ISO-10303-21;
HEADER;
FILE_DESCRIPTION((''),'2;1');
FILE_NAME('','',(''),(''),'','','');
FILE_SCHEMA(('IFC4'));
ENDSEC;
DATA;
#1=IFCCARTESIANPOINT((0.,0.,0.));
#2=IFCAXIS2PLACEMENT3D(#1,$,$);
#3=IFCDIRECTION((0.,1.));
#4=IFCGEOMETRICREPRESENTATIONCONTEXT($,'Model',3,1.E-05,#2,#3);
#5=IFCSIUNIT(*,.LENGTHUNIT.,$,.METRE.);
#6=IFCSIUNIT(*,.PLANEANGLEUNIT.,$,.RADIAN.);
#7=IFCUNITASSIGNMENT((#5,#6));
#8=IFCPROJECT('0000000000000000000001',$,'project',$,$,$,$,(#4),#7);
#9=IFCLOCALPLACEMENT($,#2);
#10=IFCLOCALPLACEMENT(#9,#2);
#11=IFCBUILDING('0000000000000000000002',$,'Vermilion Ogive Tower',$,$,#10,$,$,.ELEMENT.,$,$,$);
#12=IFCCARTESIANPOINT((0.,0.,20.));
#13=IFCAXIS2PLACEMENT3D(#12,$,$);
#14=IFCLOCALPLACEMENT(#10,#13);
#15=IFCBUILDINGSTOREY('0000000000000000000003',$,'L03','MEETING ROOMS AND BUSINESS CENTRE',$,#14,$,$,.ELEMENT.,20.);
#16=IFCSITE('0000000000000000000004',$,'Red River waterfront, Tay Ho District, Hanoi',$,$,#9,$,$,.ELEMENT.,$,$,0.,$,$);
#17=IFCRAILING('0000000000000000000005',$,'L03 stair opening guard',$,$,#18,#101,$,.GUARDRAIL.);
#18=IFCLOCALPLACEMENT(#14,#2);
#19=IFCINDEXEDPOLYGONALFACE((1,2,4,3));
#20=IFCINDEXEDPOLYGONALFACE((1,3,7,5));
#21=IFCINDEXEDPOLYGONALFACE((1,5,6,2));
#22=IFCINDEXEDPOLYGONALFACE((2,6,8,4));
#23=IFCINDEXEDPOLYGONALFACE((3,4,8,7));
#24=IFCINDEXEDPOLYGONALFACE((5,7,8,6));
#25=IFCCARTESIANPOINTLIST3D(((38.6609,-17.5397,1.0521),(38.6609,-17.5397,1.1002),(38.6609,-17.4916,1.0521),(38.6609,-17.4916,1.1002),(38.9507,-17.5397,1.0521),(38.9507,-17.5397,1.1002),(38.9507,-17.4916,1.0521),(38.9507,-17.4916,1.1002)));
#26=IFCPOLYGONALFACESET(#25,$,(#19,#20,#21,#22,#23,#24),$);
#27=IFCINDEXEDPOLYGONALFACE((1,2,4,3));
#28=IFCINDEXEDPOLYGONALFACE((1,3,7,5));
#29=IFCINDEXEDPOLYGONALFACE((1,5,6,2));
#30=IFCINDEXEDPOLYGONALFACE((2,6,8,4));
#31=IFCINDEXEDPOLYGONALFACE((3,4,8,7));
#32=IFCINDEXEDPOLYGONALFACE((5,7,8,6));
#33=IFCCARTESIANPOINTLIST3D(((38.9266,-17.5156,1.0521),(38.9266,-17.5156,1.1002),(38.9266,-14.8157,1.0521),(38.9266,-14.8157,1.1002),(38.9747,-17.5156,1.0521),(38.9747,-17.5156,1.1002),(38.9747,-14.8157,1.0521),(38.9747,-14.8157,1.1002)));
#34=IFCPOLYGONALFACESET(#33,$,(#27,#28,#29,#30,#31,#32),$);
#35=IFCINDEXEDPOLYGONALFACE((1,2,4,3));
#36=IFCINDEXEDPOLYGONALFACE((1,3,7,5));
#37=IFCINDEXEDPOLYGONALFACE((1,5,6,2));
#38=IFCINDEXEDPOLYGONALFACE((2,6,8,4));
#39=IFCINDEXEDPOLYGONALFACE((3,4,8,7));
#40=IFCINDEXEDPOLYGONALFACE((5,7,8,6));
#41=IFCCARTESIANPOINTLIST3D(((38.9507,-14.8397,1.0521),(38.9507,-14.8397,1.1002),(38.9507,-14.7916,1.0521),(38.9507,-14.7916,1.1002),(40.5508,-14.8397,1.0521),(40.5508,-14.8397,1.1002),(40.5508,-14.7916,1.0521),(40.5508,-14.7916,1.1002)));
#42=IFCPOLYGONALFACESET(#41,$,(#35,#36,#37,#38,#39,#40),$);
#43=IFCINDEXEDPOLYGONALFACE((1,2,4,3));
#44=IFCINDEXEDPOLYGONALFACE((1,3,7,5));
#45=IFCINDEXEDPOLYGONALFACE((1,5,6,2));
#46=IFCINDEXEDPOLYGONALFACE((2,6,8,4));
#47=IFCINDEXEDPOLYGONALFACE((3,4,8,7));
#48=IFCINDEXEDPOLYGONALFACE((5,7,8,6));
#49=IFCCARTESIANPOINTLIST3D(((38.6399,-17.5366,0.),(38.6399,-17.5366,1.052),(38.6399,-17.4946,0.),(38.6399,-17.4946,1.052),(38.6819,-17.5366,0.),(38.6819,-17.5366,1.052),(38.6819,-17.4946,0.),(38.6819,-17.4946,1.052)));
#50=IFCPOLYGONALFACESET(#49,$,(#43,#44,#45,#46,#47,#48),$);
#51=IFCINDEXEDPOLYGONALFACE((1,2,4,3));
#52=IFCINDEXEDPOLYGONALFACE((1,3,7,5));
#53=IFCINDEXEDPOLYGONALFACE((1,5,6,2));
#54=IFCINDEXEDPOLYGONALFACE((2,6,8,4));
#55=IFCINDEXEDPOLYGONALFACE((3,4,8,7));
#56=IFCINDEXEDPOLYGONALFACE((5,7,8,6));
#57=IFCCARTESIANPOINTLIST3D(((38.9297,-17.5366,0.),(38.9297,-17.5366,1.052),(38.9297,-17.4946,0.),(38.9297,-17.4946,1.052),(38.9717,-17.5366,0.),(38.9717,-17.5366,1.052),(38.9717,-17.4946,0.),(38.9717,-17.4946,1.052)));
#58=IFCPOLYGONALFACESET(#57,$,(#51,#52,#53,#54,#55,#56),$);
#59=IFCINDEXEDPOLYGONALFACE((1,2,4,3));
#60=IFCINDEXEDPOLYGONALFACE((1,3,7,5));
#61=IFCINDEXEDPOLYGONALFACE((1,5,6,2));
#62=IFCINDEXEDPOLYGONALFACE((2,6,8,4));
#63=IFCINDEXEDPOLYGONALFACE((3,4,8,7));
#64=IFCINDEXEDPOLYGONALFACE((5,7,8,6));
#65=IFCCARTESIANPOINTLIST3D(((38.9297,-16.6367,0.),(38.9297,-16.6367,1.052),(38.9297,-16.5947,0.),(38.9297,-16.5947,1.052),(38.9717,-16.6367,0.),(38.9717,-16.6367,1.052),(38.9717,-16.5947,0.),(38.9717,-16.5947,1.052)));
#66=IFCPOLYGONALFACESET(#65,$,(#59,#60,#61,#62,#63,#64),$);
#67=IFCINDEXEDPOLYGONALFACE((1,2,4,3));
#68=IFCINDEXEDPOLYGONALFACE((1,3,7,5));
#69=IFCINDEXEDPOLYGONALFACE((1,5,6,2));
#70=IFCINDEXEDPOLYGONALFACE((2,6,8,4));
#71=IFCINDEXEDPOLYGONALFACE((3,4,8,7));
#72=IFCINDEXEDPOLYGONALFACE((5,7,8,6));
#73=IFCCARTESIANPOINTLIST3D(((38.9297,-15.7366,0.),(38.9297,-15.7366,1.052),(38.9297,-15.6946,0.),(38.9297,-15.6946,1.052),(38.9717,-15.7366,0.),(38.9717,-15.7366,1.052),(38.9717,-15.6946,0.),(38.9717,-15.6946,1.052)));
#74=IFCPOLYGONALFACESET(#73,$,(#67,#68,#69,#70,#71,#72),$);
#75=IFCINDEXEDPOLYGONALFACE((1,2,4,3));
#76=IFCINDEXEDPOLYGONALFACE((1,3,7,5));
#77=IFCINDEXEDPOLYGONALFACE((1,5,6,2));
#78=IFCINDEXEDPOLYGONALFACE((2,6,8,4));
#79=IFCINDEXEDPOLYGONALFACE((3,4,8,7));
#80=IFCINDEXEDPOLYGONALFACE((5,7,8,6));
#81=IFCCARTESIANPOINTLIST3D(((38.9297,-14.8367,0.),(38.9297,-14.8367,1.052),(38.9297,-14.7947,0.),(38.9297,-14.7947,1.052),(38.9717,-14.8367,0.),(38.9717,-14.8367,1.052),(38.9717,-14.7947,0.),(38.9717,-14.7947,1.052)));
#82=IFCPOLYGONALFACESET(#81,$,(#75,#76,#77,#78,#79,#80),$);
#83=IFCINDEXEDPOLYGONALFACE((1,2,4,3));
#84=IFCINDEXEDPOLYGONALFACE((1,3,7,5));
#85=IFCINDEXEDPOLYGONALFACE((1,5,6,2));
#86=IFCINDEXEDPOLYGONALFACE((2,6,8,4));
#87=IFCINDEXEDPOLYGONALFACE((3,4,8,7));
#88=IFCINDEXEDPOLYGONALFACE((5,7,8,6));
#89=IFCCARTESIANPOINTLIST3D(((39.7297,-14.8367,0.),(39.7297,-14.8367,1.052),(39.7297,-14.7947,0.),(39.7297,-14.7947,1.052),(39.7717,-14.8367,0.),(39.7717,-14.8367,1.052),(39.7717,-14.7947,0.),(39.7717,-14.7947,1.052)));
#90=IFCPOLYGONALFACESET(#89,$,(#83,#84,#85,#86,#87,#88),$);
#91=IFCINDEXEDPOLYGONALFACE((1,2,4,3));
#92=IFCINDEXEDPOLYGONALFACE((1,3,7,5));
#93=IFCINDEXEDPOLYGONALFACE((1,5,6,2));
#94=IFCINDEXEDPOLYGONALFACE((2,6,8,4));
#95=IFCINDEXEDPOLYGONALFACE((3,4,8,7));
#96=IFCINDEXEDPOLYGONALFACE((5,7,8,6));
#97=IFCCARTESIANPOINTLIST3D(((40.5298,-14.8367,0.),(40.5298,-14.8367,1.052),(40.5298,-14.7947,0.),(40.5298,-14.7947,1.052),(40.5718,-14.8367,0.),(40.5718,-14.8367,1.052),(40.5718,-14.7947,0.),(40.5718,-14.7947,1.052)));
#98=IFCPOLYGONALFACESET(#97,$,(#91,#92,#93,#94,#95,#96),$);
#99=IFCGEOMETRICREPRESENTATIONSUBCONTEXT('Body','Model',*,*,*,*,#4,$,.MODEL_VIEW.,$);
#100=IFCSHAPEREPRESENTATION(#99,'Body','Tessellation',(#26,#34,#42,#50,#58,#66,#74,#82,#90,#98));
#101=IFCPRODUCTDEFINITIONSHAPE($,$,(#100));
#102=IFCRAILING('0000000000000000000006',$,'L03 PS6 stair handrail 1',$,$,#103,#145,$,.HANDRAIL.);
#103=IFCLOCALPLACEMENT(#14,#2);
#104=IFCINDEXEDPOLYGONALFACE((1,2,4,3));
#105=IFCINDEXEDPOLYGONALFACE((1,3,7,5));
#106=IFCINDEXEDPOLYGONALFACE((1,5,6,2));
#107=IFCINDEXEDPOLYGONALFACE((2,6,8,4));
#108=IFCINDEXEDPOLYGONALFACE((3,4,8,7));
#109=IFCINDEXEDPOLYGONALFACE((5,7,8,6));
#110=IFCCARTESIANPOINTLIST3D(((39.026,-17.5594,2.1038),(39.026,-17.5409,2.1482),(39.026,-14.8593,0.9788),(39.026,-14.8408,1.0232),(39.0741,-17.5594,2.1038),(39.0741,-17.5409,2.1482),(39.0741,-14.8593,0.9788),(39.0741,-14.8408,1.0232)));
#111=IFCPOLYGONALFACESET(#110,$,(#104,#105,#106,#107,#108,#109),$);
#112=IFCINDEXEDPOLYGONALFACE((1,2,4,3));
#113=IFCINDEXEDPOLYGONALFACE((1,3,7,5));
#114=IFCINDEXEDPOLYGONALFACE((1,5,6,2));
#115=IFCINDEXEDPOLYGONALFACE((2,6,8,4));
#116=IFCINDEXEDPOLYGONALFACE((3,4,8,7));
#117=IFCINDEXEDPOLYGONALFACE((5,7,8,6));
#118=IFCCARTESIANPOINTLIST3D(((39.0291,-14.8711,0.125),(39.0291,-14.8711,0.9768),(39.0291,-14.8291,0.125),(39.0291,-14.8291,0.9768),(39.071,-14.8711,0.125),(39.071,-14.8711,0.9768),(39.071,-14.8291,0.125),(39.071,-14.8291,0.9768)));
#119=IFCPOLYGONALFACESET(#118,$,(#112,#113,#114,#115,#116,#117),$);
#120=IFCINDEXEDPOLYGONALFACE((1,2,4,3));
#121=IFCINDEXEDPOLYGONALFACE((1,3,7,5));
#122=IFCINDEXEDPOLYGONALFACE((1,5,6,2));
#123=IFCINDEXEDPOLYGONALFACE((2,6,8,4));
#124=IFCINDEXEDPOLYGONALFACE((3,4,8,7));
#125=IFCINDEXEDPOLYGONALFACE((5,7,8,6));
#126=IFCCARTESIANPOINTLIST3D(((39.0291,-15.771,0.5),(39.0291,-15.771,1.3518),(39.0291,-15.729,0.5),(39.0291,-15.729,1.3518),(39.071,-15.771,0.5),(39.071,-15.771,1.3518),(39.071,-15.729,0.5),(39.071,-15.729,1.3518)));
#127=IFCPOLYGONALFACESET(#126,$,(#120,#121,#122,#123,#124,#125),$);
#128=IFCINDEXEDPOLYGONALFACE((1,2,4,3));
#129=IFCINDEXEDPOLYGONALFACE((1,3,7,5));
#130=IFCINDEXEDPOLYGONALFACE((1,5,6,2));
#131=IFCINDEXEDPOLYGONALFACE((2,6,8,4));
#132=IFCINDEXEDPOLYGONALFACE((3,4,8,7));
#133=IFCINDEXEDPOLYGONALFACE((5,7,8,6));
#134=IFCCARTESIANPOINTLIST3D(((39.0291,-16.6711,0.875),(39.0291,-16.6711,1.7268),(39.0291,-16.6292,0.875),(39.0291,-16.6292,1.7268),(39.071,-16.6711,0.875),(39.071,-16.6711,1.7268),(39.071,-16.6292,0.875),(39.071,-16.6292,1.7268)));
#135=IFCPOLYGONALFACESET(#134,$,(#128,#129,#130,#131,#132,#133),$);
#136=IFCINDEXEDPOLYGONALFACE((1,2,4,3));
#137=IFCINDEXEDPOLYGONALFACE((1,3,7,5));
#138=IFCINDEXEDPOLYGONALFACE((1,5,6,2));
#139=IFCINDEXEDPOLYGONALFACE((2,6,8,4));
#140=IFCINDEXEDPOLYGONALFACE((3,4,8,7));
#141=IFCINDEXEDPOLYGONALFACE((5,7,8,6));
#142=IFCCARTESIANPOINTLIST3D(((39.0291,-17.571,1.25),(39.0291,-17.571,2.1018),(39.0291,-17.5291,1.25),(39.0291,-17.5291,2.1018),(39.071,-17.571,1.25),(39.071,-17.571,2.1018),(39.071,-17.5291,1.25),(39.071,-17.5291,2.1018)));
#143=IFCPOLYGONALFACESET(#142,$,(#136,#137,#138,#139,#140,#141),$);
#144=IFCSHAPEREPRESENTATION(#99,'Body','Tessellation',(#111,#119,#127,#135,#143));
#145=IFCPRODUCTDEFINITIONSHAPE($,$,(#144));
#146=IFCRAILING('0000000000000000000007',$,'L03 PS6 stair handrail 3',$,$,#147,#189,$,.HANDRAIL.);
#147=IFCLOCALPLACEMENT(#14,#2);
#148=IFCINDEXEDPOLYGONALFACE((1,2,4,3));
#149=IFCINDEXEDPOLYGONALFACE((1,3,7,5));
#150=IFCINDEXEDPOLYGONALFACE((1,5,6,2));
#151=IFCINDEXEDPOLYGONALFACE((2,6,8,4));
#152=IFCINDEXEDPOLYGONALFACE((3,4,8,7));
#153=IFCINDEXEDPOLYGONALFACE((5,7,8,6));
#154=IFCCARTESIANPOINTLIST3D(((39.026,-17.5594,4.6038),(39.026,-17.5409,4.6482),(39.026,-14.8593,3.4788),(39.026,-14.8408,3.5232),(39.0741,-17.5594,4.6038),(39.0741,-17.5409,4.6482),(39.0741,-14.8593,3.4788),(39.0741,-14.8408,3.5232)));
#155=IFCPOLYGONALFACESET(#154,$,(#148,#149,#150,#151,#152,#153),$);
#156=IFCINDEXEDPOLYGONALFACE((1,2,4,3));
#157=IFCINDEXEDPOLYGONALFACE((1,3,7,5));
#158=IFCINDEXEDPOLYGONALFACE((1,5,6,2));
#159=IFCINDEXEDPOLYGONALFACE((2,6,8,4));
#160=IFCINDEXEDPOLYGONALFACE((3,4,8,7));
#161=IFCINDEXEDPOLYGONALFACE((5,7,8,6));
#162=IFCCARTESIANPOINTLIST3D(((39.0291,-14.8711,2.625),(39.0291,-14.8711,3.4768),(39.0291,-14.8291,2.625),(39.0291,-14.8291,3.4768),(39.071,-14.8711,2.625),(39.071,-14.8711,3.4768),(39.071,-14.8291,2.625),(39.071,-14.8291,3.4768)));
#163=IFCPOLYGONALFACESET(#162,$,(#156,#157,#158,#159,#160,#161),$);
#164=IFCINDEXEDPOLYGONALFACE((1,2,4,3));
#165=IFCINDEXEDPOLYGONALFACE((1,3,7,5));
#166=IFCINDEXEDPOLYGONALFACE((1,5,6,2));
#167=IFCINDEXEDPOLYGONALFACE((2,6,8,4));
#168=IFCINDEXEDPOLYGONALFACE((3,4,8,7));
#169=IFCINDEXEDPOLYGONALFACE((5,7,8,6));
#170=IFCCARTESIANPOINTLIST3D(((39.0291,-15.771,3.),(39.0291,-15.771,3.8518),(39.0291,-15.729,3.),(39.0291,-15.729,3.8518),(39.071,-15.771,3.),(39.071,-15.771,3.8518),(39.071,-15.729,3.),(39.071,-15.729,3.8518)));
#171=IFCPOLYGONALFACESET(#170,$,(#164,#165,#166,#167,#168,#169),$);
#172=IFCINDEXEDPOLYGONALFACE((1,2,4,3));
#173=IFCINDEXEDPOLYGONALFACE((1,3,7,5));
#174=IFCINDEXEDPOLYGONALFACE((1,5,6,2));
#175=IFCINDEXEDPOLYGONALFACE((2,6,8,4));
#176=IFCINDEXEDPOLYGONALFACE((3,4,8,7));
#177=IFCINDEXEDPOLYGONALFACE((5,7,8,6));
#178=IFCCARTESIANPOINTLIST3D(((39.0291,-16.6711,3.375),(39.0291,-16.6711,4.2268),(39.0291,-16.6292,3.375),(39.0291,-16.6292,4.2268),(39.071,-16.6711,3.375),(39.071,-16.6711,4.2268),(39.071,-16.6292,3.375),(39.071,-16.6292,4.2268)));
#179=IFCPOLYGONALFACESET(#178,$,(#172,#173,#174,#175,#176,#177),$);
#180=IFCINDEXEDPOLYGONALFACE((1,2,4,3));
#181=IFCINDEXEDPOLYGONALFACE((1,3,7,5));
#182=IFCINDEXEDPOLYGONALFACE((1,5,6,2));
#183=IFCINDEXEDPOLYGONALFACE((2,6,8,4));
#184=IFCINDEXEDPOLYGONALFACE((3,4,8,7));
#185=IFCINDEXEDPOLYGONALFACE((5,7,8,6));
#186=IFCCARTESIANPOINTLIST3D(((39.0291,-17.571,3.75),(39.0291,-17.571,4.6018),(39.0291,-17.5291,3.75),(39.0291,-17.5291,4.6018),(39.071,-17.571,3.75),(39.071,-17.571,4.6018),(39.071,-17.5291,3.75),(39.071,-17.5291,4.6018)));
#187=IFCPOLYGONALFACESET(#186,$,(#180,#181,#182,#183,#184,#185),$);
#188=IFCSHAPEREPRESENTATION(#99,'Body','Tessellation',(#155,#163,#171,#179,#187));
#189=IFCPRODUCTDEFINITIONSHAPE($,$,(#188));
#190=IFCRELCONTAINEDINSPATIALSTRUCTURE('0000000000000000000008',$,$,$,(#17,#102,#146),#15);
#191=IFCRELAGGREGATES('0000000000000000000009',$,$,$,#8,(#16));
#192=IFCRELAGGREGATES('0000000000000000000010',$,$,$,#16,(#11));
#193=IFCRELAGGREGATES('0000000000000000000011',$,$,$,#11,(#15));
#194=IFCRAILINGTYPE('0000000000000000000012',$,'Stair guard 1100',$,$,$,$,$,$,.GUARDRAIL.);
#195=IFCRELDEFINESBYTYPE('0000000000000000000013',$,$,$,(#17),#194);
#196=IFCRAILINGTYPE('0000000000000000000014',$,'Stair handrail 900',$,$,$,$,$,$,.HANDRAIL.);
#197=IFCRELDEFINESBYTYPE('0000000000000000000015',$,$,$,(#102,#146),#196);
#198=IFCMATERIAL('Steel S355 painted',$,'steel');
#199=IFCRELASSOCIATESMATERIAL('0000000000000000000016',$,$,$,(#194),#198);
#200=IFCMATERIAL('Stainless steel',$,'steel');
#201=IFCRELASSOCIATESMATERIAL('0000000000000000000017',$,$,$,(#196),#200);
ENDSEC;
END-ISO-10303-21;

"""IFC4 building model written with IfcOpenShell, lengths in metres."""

from ifc_helpers import new_model, si_unit, direction, frame, origin, origin_2d, place, context, subcontext, project, spatial, rectangle, extrude, material, type_object, element, save


model = new_model("IFC4")

# Units and contexts
model_context = context("Model", 3, precision=1e-05, world=origin(), true_north=direction((0.0, 1.0)))
body_context = subcontext(model_context, "Body", "Model", "MODEL_VIEW")
ifc_project = project(units=[si_unit("LENGTHUNIT", "METRE"), si_unit("PLANEANGLEUNIT", "RADIAN")], contexts=[model_context])

# Site, building, storey
site_placement = place(None, origin())
site = spatial("IfcSite", under=ifc_project, at=site_placement, Name="Red River waterfront, Tay Ho District, Hanoi", CompositionType="ELEMENT", RefElevation=0.0)
building_placement = place(site_placement, origin())
building = spatial("IfcBuilding", under=site, at=building_placement, Name="Vermilion Ogive Tower", CompositionType="ELEMENT")
storey_placement = place(building_placement, frame((0.0, 0.0, 20.0)))
storey = spatial("IfcBuildingStorey", under=building, at=storey_placement, Name="L03", Description="MEETING ROOMS AND BUSINESS CENTRE", CompositionType="ELEMENT", Elevation=20.0)

# Railings
ifc_material_1 = material(Name="Steel S355 painted", Category="steel")
railing_type_1 = type_object("IfcRailingType", Name="Stair guard 1100", PredefinedType="GUARDRAIL", material=ifc_material_1)
railing_1_placement = place(storey_placement, frame((38.6609, -17.5156, 0.0)))
element("IfcRailing", 1, at=railing_1_placement, inside=storey, type_object=railing_type_1, Name="L03 stair opening guard", PredefinedType="GUARDRAIL", context=body_context, shape_type="SweptSolid", body=[
    extrude(rectangle(XDim=0.0481, YDim=0.0481, at=origin_2d()), frame((0.0, 0.0, 1.0762), z_axis=(1.0, 0.0, 0.0), x_axis=(0.0, 1.0, 0.0)), (0.0, 0.0, 1.0), 0.2898),
    extrude(rectangle(XDim=0.0481, YDim=0.0481, at=origin_2d()), frame((0.2898, 0.0, 1.0762), z_axis=(0.0, 1.0, 0.0), x_axis=(-1.0, 0.0, 0.0)), (0.0, 0.0, 1.0), 2.7),
    extrude(rectangle(XDim=0.0481, YDim=0.0481, at=origin_2d()), frame((0.2898, 2.7, 1.0762), z_axis=(1.0, 0.0, 0.0), x_axis=(0.0, 1.0, 0.0)), (0.0, 0.0, 1.0), 1.6001),
    extrude(rectangle(XDim=0.042, YDim=0.042, at=origin_2d()), origin(), (0.0, 0.0, 1.0), 1.052),
    extrude(rectangle(XDim=0.042, YDim=0.042, at=origin_2d()), frame((0.2898, 0.0, 0.0)), (0.0, 0.0, 1.0), 1.052),
    extrude(rectangle(XDim=0.042, YDim=0.042, at=origin_2d()), frame((0.2898, 0.8999, 0.0)), (0.0, 0.0, 1.0), 1.052),
    extrude(rectangle(XDim=0.042, YDim=0.042, at=origin_2d()), frame((0.2898, 1.8, 0.0)), (0.0, 0.0, 1.0), 1.052),
    extrude(rectangle(XDim=0.042, YDim=0.042, at=origin_2d()), frame((0.2898, 2.7, 0.0)), (0.0, 0.0, 1.0), 1.052),
    extrude(rectangle(XDim=0.042, YDim=0.042, at=origin_2d()), frame((1.0898, 2.7, 0.0)), (0.0, 0.0, 1.0), 1.052),
    extrude(rectangle(XDim=0.042, YDim=0.042, at=origin_2d()), frame((1.8899, 2.7, 0.0)), (0.0, 0.0, 1.0), 1.052),
])
ifc_material_2 = material(Name="Stainless steel", Category="steel")
railing_type_2 = type_object("IfcRailingType", Name="Stair handrail 900", PredefinedType="HANDRAIL", material=ifc_material_2)
for number, where, name in (
    (2, (39.05, -14.8501, 0.125), "L03 PS6 stair handrail 1"),
    (3, (39.05, -14.8501, 2.625), "L03 PS6 stair handrail 3"),
):
    element("IfcRailing", number, at=place(storey_placement, frame(where)), inside=storey, type_object=railing_type_2, Name=name, PredefinedType="HANDRAIL", context=body_context, shape_type="SweptSolid", body=[
        extrude(rectangle(XDim=0.0481, YDim=0.0481, at=origin_2d()), frame((0.0, 0.0, 0.876), z_axis=(0.0, -0.923074, 0.384621), x_axis=(1.0, 0.0, 0.0)), (0.0, 0.0, 1.0), 2.925),
        extrude(rectangle(XDim=0.042, YDim=0.042, at=origin_2d()), origin(), (0.0, 0.0, 1.0), 0.8518),
        extrude(rectangle(XDim=0.042, YDim=0.042, at=origin_2d()), frame((0.0, -0.8999, 0.375)), (0.0, 0.0, 1.0), 0.8518),
        extrude(rectangle(XDim=0.042, YDim=0.042, at=origin_2d()), frame((0.0, -1.8, 0.75)), (0.0, 0.0, 1.0), 0.8518),
        extrude(rectangle(XDim=0.042, YDim=0.042, at=origin_2d()), frame((0.0, -2.7, 1.125)), (0.0, 0.0, 1.0), 0.8518),
    ])

save(model, "model.ifc")
